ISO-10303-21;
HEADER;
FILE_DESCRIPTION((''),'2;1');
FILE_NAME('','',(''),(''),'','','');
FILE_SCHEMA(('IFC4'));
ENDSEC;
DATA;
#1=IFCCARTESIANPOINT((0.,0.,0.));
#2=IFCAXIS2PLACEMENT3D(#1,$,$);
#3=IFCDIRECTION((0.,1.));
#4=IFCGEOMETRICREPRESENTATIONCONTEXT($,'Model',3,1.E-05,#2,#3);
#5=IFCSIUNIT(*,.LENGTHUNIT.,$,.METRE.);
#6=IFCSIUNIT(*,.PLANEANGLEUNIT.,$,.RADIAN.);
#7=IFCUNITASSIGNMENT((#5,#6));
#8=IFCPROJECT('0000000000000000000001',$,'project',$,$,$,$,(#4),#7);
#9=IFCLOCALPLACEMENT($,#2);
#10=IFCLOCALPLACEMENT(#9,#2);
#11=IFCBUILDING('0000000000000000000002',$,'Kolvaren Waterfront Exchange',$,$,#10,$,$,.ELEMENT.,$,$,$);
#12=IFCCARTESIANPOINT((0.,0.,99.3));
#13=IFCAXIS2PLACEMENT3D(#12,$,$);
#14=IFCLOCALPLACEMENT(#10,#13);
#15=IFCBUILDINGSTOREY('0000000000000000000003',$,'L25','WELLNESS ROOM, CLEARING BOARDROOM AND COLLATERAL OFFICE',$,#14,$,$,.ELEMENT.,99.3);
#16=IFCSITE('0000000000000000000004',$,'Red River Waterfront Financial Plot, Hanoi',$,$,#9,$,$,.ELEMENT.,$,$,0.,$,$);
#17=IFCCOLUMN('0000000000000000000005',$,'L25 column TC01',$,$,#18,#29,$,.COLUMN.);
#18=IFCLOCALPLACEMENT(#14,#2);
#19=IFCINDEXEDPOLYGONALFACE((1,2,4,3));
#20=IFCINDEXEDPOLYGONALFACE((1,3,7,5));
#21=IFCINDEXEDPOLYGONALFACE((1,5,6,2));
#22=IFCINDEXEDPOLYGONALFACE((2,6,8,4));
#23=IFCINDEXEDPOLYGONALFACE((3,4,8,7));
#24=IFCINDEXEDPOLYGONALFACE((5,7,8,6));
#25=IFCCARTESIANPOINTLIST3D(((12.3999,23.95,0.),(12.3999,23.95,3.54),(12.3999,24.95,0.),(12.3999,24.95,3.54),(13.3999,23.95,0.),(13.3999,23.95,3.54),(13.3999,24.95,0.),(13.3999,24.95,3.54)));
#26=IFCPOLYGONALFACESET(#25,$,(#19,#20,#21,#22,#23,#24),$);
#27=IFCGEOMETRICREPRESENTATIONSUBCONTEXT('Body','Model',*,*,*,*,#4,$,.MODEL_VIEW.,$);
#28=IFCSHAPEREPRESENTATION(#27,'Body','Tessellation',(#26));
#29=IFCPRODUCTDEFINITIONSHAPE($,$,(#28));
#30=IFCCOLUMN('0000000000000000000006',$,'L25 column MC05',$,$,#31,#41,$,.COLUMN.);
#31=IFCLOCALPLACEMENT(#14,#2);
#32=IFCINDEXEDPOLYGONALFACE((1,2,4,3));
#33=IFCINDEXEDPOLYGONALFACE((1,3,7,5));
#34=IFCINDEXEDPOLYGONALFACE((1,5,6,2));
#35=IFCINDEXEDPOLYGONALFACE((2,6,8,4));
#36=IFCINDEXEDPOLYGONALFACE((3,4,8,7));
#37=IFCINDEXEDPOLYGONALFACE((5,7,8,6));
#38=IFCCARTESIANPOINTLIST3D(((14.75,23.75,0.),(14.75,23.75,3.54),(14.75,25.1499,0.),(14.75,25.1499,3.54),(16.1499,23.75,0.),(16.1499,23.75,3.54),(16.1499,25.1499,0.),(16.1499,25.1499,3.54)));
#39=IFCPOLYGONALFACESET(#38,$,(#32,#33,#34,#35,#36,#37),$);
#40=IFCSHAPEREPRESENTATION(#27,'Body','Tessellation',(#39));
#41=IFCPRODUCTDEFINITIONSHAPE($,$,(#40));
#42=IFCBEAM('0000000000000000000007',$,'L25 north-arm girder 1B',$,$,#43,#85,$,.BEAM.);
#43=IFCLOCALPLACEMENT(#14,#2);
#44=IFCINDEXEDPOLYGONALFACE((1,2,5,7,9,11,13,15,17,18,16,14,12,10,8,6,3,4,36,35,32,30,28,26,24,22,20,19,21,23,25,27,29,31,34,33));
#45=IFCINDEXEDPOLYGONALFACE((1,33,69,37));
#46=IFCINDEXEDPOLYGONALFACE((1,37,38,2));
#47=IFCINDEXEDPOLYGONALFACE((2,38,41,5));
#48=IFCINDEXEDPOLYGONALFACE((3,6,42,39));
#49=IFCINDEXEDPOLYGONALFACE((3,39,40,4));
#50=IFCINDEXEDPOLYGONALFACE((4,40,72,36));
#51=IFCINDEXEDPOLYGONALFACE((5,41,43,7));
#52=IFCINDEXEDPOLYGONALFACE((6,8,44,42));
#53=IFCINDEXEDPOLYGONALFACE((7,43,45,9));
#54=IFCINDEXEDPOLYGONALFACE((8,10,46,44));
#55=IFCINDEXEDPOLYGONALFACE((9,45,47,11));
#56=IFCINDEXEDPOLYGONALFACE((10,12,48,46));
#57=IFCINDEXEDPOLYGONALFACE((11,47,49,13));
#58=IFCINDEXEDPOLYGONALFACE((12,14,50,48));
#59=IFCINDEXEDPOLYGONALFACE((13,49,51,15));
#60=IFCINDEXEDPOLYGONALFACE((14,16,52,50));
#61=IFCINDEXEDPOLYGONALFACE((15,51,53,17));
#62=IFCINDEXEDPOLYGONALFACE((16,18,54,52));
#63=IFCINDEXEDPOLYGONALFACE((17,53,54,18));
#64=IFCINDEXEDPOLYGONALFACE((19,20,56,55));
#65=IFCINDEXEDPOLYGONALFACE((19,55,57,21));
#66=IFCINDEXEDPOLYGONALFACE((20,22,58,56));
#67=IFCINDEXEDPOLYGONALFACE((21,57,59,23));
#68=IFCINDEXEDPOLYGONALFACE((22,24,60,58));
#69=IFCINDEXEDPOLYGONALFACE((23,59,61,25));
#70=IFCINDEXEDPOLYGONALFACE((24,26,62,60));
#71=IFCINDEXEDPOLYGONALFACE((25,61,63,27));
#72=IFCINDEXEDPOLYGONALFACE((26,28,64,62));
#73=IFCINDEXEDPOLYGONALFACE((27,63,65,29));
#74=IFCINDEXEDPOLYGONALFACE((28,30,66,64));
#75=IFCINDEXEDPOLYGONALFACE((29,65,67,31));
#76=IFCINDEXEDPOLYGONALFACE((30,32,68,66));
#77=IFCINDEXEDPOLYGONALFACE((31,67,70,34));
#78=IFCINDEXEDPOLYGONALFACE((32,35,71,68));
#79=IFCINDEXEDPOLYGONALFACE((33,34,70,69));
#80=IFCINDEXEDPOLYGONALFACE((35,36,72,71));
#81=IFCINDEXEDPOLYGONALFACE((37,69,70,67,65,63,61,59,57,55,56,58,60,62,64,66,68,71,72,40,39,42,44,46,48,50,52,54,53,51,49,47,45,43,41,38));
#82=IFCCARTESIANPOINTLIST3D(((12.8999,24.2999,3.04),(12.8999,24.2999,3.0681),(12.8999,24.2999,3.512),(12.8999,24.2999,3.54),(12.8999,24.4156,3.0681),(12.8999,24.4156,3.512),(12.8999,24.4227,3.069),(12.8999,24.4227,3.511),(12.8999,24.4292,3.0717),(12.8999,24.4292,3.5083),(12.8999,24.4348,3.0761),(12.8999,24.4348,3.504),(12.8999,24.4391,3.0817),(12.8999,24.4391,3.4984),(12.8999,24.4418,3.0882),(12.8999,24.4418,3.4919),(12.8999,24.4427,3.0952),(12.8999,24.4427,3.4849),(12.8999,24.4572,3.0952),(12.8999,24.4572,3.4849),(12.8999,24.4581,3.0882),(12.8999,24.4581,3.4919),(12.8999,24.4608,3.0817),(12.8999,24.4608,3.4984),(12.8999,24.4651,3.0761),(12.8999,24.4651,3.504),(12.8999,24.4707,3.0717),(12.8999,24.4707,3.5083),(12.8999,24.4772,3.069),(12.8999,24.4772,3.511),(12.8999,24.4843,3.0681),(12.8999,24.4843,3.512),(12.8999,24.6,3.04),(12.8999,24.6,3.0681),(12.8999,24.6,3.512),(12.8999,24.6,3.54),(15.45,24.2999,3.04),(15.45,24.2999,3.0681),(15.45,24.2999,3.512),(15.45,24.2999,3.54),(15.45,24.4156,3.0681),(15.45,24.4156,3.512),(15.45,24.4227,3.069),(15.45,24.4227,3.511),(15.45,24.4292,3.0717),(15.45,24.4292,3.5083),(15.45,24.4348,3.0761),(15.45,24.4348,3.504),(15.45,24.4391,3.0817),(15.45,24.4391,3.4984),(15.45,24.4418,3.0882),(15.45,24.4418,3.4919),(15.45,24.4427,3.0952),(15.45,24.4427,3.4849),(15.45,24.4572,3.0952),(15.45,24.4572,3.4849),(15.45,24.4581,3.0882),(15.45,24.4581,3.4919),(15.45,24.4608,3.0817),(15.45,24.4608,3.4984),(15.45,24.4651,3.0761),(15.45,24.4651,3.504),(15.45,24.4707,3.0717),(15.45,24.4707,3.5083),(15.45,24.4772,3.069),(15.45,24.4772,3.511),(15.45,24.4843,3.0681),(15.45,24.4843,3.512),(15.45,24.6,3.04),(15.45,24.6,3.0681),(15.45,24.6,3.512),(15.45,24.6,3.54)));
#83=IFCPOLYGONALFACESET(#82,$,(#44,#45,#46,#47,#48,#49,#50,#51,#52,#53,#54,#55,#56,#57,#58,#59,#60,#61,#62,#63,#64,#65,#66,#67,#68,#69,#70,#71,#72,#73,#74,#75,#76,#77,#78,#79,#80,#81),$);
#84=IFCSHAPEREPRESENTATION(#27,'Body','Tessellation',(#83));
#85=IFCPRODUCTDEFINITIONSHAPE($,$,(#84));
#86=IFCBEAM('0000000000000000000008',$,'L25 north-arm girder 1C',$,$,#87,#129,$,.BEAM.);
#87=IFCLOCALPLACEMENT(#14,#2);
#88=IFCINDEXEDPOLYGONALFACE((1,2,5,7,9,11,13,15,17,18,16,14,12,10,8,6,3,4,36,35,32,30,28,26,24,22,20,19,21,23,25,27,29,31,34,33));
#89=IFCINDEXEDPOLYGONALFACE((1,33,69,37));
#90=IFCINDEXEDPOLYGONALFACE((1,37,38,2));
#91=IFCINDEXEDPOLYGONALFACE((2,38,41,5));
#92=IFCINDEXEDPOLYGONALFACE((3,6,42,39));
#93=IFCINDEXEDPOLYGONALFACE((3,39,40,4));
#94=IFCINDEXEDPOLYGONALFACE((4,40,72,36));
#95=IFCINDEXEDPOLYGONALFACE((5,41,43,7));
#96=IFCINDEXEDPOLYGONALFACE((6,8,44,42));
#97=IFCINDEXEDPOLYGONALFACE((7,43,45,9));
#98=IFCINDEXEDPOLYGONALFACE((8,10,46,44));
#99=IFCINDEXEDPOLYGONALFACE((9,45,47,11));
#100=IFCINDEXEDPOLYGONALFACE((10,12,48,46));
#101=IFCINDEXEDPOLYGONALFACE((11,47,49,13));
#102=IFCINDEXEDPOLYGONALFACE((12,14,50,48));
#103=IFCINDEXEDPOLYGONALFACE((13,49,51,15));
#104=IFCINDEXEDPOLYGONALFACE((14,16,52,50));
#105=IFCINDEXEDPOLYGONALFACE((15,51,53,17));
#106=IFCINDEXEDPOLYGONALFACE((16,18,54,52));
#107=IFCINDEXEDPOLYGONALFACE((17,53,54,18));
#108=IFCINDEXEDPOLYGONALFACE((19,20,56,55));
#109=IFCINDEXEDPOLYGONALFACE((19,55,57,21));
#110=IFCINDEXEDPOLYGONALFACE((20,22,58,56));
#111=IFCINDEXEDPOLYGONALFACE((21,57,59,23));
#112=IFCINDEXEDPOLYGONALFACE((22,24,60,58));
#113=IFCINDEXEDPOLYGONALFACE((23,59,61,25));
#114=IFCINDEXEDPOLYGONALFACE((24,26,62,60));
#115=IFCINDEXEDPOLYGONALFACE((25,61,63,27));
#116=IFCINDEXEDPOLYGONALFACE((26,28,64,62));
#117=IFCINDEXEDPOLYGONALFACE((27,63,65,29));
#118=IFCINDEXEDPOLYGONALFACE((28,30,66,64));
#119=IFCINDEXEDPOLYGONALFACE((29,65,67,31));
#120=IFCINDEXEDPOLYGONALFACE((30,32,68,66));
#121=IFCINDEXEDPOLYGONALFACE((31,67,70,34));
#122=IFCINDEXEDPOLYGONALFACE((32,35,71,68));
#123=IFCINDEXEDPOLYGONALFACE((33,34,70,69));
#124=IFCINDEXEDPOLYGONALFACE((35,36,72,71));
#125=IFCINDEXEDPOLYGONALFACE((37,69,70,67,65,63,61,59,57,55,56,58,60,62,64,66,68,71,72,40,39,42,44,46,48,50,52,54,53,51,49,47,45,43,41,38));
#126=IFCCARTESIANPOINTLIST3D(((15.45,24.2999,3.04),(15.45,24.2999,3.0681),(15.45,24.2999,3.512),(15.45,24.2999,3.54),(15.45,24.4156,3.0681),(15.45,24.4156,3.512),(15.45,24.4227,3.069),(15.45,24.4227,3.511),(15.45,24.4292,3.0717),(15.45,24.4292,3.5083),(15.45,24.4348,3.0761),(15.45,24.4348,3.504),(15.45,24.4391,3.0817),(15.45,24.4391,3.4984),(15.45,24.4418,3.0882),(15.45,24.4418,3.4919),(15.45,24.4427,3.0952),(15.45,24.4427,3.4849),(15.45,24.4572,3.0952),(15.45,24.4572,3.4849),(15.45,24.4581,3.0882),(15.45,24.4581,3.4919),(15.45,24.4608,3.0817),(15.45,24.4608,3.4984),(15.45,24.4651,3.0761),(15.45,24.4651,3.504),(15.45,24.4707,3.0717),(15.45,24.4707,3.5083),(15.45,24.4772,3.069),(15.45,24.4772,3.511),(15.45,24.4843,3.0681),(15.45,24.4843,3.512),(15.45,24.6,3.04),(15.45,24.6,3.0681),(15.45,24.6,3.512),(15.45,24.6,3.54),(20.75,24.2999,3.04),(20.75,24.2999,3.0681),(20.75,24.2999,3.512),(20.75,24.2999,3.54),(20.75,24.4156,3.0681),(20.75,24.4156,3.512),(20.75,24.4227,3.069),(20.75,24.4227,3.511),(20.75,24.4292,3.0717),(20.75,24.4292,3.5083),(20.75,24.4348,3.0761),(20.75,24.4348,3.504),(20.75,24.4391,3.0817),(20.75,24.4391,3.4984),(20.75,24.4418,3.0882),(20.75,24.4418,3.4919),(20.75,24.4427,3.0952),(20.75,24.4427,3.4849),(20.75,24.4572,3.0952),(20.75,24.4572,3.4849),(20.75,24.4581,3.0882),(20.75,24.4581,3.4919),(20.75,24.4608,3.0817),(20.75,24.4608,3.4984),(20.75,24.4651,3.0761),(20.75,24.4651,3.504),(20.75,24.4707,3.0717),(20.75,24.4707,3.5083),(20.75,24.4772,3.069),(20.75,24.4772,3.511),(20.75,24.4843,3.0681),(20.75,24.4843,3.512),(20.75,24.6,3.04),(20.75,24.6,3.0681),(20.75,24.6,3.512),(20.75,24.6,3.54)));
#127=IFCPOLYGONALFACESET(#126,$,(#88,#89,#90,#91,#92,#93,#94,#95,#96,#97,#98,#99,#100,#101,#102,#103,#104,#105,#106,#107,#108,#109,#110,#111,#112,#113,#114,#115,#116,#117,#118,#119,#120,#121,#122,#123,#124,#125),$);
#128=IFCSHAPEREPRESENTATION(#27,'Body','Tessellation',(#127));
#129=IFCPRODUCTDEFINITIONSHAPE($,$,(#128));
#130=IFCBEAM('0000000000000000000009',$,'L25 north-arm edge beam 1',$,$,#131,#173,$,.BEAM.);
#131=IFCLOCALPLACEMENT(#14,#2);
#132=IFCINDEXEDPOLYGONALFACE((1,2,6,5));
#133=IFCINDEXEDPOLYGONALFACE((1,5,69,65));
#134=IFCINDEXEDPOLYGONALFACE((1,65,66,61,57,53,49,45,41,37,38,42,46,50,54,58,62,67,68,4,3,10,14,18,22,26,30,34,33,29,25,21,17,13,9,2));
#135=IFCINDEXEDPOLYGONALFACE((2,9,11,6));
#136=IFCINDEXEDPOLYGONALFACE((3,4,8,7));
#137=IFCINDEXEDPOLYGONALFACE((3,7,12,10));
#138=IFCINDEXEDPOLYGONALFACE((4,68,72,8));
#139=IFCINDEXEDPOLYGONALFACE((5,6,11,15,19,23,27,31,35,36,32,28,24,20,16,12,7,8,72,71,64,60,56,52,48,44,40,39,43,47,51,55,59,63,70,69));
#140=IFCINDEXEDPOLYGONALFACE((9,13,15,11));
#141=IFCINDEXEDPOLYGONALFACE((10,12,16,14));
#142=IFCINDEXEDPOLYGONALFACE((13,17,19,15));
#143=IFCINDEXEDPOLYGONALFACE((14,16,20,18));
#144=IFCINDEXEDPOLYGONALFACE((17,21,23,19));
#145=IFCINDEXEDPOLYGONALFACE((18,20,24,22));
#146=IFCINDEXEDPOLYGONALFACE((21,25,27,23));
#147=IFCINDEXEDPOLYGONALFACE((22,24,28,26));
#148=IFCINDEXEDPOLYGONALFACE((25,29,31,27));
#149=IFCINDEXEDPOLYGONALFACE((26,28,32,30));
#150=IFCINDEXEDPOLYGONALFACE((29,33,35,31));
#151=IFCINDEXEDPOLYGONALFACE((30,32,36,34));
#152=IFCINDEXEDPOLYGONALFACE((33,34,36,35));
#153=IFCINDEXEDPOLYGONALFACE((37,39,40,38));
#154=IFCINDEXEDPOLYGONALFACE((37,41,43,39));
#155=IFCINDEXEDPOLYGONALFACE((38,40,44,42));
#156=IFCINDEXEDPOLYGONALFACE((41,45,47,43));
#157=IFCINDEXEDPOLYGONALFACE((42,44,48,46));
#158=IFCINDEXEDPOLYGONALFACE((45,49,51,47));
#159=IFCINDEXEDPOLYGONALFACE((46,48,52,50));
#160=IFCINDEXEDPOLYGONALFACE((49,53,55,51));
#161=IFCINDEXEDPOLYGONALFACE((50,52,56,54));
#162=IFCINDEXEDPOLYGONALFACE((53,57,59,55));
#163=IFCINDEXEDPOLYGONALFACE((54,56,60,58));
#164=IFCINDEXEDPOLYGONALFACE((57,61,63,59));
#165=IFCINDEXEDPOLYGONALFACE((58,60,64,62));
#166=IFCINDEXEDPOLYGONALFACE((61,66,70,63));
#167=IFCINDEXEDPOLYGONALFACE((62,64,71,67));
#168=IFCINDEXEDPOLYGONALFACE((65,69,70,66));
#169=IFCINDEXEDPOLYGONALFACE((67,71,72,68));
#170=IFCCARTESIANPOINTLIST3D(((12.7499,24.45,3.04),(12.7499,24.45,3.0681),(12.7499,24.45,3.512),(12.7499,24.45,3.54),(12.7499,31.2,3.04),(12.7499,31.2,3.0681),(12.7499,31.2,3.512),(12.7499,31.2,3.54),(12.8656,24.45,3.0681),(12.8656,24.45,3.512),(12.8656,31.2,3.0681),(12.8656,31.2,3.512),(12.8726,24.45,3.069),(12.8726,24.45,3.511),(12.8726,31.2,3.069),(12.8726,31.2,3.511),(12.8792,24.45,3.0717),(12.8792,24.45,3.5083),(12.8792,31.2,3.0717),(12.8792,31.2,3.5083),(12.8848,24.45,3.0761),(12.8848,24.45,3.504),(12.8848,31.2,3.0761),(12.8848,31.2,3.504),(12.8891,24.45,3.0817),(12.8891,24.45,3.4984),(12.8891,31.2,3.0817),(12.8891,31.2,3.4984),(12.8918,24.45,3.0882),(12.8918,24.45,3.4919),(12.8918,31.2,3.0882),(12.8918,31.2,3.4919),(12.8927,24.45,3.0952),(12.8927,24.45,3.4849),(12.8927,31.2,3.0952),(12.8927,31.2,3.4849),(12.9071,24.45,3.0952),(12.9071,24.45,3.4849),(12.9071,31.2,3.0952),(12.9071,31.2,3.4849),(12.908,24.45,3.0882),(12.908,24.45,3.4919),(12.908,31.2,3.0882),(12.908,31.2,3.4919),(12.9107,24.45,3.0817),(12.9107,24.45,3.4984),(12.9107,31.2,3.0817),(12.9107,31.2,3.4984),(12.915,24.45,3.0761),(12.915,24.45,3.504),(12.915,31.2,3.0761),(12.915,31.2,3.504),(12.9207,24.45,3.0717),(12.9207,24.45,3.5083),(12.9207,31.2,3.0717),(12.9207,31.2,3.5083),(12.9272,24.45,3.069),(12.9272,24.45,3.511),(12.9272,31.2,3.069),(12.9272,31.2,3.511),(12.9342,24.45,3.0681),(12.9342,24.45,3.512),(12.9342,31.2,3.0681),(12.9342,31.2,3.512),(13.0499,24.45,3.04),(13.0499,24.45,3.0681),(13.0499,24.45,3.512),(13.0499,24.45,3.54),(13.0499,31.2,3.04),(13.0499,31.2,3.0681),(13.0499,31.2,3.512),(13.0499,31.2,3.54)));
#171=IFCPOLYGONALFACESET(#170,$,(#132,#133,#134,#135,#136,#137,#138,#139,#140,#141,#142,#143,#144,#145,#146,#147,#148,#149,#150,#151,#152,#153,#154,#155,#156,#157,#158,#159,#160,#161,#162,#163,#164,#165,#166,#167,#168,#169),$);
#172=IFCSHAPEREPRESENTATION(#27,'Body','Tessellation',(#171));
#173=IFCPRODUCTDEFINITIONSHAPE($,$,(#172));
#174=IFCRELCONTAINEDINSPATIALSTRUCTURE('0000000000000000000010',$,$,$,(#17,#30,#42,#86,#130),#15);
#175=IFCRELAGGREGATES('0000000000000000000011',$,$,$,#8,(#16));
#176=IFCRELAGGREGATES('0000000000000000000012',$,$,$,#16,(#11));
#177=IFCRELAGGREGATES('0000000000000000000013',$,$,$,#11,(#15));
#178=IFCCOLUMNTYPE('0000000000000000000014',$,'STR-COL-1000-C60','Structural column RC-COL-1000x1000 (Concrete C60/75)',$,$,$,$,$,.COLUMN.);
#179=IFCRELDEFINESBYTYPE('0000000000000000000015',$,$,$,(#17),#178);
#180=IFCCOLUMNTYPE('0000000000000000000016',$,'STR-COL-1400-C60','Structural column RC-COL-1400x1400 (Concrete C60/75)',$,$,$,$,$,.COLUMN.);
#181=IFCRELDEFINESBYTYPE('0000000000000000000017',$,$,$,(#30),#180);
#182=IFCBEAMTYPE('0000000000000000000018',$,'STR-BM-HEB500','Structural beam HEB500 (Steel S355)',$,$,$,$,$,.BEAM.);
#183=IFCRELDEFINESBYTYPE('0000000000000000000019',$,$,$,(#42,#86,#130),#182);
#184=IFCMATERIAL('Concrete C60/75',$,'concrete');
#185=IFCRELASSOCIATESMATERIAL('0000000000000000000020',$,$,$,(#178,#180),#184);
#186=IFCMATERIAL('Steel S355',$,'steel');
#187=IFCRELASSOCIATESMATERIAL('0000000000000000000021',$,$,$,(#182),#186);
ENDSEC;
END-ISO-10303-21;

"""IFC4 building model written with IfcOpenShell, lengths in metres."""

from ifc_helpers import new_model, si_unit, direction, frame, origin, origin_2d, place, context, subcontext, project, spatial, rectangle, i_section, extrude, material, material_profile, profile_set, type_object, element, save


model = new_model("IFC4")

# Units and contexts
model_context = context("Model", 3, precision=1e-05, world=origin(), true_north=direction((0.0, 1.0)))
body_context = subcontext(model_context, "Body", "Model", "MODEL_VIEW")
ifc_project = project(units=[si_unit("LENGTHUNIT", "METRE"), si_unit("PLANEANGLEUNIT", "RADIAN")], contexts=[model_context])

# Site, building, storey
site_placement = place(None, origin())
site = spatial("IfcSite", under=ifc_project, at=site_placement, Name="Red River Waterfront Financial Plot, Hanoi", CompositionType="ELEMENT", RefElevation=0.0)
building_placement = place(site_placement, origin())
building = spatial("IfcBuilding", under=site, at=building_placement, Name="Kolvaren Waterfront Exchange", CompositionType="ELEMENT")
storey_placement = place(building_placement, frame((0.0, 0.0, 99.3)))
storey = spatial("IfcBuildingStorey", under=building, at=storey_placement, Name="L25", Description="WELLNESS ROOM, CLEARING BOARDROOM AND COLLATERAL OFFICE", CompositionType="ELEMENT", Elevation=99.3)

# Columns
ifc_material_1 = material(Name="Concrete C60/75", Category="concrete")
ifc_material_profile_1 = material_profile(ifc_material_1, rectangle(XDim=1.0, YDim=1.0, at=origin_2d()), Name="RC-COL-1000x1000")
ifc_profile_set_1 = profile_set([ifc_material_profile_1], Name="Concrete C60/75")
column_type_1 = type_object("IfcColumnType", Name="STR-COL-1000-C60", Description="Structural column RC-COL-1000x1000 (Concrete C60/75)", PredefinedType="COLUMN", material=ifc_profile_set_1)
column_1_placement = place(storey_placement, frame((12.8999, 24.45, 0.0), z_axis=(0.0, 0.0, 1.0), x_axis=(1.0, 0.0, 0.0)))
element("IfcColumn", 1, at=column_1_placement, inside=storey, type_object=column_type_1, Name="L25 column TC01", PredefinedType="COLUMN", context=body_context, shape_type="SweptSolid", body=[
    extrude(rectangle(XDim=1.0, YDim=1.0, at=origin_2d()), origin(), (0.0, 0.0, 1.0), 3.54),
])
ifc_material_profile_2 = material_profile(ifc_material_1, rectangle(XDim=1.3999, YDim=1.3999, at=origin_2d()), Name="RC-COL-1400x1400")
ifc_profile_set_2 = profile_set([ifc_material_profile_2], Name="Concrete C60/75")
column_type_2 = type_object("IfcColumnType", Name="STR-COL-1400-C60", Description="Structural column RC-COL-1400x1400 (Concrete C60/75)", PredefinedType="COLUMN", material=ifc_profile_set_2)
column_2_placement = place(storey_placement, frame((15.45, 24.45, 0.0), z_axis=(0.0, 0.0, 1.0), x_axis=(1.0, 0.0, 0.0)))
element("IfcColumn", 2, at=column_2_placement, inside=storey, type_object=column_type_2, Name="L25 column MC05", PredefinedType="COLUMN", context=body_context, shape_type="SweptSolid", body=[
    extrude(rectangle(XDim=1.3999, YDim=1.3999, at=origin_2d()), origin(), (0.0, 0.0, 1.0), 3.54),
])

# Beams
ifc_material_2 = material(Name="Steel S355", Category="steel")
ifc_material_profile_3 = material_profile(ifc_material_2, i_section(OverallWidth=0.3, OverallDepth=0.5, WebThickness=0.0144, FlangeThickness=0.0281, FilletRadius=0.0271, at=origin_2d()), Name="HEB500")
ifc_profile_set_3 = profile_set([ifc_material_profile_3], Name="Steel S355")
beam_type_1 = type_object("IfcBeamType", Name="STR-BM-HEB500", Description="Structural beam HEB500 (Steel S355)", PredefinedType="BEAM", material=ifc_profile_set_3)
beam_1_placement = place(storey_placement, frame((12.8999, 24.45, 3.29), z_axis=(1.0, 0.0, 0.0), x_axis=(0.0, 1.0, 0.0)))
element("IfcBeam", 3, at=beam_1_placement, inside=storey, type_object=beam_type_1, Name="L25 north-arm girder 1B", PredefinedType="BEAM", context=body_context, shape_type="SweptSolid", body=[
    extrude(i_section(OverallWidth=0.3, OverallDepth=0.5, WebThickness=0.0144, FlangeThickness=0.0281, FilletRadius=0.0271, at=origin_2d()), origin(), (0.0, 0.0, 1.0), 2.55),
])
beam_2_placement = place(storey_placement, frame((15.45, 24.45, 3.29), z_axis=(1.0, 0.0, 0.0), x_axis=(0.0, 1.0, 0.0)))
element("IfcBeam", 4, at=beam_2_placement, inside=storey, type_object=beam_type_1, Name="L25 north-arm girder 1C", PredefinedType="BEAM", context=body_context, shape_type="SweptSolid", body=[
    extrude(i_section(OverallWidth=0.3, OverallDepth=0.5, WebThickness=0.0144, FlangeThickness=0.0281, FilletRadius=0.0271, at=origin_2d()), origin(), (0.0, 0.0, 1.0), 5.3),
])
beam_3_placement = place(storey_placement, frame((12.8999, 24.45, 3.29), z_axis=(0.0, 1.0, 0.0), x_axis=(-1.0, 0.0, 0.0)))
element("IfcBeam", 5, at=beam_3_placement, inside=storey, type_object=beam_type_1, Name="L25 north-arm edge beam 1", PredefinedType="BEAM", context=body_context, shape_type="SweptSolid", body=[
    extrude(i_section(OverallWidth=0.3, OverallDepth=0.5, WebThickness=0.0144, FlangeThickness=0.0281, FilletRadius=0.0271, at=origin_2d()), origin(), (0.0, 0.0, 1.0), 6.75),
])

save(model, "model.ifc")
